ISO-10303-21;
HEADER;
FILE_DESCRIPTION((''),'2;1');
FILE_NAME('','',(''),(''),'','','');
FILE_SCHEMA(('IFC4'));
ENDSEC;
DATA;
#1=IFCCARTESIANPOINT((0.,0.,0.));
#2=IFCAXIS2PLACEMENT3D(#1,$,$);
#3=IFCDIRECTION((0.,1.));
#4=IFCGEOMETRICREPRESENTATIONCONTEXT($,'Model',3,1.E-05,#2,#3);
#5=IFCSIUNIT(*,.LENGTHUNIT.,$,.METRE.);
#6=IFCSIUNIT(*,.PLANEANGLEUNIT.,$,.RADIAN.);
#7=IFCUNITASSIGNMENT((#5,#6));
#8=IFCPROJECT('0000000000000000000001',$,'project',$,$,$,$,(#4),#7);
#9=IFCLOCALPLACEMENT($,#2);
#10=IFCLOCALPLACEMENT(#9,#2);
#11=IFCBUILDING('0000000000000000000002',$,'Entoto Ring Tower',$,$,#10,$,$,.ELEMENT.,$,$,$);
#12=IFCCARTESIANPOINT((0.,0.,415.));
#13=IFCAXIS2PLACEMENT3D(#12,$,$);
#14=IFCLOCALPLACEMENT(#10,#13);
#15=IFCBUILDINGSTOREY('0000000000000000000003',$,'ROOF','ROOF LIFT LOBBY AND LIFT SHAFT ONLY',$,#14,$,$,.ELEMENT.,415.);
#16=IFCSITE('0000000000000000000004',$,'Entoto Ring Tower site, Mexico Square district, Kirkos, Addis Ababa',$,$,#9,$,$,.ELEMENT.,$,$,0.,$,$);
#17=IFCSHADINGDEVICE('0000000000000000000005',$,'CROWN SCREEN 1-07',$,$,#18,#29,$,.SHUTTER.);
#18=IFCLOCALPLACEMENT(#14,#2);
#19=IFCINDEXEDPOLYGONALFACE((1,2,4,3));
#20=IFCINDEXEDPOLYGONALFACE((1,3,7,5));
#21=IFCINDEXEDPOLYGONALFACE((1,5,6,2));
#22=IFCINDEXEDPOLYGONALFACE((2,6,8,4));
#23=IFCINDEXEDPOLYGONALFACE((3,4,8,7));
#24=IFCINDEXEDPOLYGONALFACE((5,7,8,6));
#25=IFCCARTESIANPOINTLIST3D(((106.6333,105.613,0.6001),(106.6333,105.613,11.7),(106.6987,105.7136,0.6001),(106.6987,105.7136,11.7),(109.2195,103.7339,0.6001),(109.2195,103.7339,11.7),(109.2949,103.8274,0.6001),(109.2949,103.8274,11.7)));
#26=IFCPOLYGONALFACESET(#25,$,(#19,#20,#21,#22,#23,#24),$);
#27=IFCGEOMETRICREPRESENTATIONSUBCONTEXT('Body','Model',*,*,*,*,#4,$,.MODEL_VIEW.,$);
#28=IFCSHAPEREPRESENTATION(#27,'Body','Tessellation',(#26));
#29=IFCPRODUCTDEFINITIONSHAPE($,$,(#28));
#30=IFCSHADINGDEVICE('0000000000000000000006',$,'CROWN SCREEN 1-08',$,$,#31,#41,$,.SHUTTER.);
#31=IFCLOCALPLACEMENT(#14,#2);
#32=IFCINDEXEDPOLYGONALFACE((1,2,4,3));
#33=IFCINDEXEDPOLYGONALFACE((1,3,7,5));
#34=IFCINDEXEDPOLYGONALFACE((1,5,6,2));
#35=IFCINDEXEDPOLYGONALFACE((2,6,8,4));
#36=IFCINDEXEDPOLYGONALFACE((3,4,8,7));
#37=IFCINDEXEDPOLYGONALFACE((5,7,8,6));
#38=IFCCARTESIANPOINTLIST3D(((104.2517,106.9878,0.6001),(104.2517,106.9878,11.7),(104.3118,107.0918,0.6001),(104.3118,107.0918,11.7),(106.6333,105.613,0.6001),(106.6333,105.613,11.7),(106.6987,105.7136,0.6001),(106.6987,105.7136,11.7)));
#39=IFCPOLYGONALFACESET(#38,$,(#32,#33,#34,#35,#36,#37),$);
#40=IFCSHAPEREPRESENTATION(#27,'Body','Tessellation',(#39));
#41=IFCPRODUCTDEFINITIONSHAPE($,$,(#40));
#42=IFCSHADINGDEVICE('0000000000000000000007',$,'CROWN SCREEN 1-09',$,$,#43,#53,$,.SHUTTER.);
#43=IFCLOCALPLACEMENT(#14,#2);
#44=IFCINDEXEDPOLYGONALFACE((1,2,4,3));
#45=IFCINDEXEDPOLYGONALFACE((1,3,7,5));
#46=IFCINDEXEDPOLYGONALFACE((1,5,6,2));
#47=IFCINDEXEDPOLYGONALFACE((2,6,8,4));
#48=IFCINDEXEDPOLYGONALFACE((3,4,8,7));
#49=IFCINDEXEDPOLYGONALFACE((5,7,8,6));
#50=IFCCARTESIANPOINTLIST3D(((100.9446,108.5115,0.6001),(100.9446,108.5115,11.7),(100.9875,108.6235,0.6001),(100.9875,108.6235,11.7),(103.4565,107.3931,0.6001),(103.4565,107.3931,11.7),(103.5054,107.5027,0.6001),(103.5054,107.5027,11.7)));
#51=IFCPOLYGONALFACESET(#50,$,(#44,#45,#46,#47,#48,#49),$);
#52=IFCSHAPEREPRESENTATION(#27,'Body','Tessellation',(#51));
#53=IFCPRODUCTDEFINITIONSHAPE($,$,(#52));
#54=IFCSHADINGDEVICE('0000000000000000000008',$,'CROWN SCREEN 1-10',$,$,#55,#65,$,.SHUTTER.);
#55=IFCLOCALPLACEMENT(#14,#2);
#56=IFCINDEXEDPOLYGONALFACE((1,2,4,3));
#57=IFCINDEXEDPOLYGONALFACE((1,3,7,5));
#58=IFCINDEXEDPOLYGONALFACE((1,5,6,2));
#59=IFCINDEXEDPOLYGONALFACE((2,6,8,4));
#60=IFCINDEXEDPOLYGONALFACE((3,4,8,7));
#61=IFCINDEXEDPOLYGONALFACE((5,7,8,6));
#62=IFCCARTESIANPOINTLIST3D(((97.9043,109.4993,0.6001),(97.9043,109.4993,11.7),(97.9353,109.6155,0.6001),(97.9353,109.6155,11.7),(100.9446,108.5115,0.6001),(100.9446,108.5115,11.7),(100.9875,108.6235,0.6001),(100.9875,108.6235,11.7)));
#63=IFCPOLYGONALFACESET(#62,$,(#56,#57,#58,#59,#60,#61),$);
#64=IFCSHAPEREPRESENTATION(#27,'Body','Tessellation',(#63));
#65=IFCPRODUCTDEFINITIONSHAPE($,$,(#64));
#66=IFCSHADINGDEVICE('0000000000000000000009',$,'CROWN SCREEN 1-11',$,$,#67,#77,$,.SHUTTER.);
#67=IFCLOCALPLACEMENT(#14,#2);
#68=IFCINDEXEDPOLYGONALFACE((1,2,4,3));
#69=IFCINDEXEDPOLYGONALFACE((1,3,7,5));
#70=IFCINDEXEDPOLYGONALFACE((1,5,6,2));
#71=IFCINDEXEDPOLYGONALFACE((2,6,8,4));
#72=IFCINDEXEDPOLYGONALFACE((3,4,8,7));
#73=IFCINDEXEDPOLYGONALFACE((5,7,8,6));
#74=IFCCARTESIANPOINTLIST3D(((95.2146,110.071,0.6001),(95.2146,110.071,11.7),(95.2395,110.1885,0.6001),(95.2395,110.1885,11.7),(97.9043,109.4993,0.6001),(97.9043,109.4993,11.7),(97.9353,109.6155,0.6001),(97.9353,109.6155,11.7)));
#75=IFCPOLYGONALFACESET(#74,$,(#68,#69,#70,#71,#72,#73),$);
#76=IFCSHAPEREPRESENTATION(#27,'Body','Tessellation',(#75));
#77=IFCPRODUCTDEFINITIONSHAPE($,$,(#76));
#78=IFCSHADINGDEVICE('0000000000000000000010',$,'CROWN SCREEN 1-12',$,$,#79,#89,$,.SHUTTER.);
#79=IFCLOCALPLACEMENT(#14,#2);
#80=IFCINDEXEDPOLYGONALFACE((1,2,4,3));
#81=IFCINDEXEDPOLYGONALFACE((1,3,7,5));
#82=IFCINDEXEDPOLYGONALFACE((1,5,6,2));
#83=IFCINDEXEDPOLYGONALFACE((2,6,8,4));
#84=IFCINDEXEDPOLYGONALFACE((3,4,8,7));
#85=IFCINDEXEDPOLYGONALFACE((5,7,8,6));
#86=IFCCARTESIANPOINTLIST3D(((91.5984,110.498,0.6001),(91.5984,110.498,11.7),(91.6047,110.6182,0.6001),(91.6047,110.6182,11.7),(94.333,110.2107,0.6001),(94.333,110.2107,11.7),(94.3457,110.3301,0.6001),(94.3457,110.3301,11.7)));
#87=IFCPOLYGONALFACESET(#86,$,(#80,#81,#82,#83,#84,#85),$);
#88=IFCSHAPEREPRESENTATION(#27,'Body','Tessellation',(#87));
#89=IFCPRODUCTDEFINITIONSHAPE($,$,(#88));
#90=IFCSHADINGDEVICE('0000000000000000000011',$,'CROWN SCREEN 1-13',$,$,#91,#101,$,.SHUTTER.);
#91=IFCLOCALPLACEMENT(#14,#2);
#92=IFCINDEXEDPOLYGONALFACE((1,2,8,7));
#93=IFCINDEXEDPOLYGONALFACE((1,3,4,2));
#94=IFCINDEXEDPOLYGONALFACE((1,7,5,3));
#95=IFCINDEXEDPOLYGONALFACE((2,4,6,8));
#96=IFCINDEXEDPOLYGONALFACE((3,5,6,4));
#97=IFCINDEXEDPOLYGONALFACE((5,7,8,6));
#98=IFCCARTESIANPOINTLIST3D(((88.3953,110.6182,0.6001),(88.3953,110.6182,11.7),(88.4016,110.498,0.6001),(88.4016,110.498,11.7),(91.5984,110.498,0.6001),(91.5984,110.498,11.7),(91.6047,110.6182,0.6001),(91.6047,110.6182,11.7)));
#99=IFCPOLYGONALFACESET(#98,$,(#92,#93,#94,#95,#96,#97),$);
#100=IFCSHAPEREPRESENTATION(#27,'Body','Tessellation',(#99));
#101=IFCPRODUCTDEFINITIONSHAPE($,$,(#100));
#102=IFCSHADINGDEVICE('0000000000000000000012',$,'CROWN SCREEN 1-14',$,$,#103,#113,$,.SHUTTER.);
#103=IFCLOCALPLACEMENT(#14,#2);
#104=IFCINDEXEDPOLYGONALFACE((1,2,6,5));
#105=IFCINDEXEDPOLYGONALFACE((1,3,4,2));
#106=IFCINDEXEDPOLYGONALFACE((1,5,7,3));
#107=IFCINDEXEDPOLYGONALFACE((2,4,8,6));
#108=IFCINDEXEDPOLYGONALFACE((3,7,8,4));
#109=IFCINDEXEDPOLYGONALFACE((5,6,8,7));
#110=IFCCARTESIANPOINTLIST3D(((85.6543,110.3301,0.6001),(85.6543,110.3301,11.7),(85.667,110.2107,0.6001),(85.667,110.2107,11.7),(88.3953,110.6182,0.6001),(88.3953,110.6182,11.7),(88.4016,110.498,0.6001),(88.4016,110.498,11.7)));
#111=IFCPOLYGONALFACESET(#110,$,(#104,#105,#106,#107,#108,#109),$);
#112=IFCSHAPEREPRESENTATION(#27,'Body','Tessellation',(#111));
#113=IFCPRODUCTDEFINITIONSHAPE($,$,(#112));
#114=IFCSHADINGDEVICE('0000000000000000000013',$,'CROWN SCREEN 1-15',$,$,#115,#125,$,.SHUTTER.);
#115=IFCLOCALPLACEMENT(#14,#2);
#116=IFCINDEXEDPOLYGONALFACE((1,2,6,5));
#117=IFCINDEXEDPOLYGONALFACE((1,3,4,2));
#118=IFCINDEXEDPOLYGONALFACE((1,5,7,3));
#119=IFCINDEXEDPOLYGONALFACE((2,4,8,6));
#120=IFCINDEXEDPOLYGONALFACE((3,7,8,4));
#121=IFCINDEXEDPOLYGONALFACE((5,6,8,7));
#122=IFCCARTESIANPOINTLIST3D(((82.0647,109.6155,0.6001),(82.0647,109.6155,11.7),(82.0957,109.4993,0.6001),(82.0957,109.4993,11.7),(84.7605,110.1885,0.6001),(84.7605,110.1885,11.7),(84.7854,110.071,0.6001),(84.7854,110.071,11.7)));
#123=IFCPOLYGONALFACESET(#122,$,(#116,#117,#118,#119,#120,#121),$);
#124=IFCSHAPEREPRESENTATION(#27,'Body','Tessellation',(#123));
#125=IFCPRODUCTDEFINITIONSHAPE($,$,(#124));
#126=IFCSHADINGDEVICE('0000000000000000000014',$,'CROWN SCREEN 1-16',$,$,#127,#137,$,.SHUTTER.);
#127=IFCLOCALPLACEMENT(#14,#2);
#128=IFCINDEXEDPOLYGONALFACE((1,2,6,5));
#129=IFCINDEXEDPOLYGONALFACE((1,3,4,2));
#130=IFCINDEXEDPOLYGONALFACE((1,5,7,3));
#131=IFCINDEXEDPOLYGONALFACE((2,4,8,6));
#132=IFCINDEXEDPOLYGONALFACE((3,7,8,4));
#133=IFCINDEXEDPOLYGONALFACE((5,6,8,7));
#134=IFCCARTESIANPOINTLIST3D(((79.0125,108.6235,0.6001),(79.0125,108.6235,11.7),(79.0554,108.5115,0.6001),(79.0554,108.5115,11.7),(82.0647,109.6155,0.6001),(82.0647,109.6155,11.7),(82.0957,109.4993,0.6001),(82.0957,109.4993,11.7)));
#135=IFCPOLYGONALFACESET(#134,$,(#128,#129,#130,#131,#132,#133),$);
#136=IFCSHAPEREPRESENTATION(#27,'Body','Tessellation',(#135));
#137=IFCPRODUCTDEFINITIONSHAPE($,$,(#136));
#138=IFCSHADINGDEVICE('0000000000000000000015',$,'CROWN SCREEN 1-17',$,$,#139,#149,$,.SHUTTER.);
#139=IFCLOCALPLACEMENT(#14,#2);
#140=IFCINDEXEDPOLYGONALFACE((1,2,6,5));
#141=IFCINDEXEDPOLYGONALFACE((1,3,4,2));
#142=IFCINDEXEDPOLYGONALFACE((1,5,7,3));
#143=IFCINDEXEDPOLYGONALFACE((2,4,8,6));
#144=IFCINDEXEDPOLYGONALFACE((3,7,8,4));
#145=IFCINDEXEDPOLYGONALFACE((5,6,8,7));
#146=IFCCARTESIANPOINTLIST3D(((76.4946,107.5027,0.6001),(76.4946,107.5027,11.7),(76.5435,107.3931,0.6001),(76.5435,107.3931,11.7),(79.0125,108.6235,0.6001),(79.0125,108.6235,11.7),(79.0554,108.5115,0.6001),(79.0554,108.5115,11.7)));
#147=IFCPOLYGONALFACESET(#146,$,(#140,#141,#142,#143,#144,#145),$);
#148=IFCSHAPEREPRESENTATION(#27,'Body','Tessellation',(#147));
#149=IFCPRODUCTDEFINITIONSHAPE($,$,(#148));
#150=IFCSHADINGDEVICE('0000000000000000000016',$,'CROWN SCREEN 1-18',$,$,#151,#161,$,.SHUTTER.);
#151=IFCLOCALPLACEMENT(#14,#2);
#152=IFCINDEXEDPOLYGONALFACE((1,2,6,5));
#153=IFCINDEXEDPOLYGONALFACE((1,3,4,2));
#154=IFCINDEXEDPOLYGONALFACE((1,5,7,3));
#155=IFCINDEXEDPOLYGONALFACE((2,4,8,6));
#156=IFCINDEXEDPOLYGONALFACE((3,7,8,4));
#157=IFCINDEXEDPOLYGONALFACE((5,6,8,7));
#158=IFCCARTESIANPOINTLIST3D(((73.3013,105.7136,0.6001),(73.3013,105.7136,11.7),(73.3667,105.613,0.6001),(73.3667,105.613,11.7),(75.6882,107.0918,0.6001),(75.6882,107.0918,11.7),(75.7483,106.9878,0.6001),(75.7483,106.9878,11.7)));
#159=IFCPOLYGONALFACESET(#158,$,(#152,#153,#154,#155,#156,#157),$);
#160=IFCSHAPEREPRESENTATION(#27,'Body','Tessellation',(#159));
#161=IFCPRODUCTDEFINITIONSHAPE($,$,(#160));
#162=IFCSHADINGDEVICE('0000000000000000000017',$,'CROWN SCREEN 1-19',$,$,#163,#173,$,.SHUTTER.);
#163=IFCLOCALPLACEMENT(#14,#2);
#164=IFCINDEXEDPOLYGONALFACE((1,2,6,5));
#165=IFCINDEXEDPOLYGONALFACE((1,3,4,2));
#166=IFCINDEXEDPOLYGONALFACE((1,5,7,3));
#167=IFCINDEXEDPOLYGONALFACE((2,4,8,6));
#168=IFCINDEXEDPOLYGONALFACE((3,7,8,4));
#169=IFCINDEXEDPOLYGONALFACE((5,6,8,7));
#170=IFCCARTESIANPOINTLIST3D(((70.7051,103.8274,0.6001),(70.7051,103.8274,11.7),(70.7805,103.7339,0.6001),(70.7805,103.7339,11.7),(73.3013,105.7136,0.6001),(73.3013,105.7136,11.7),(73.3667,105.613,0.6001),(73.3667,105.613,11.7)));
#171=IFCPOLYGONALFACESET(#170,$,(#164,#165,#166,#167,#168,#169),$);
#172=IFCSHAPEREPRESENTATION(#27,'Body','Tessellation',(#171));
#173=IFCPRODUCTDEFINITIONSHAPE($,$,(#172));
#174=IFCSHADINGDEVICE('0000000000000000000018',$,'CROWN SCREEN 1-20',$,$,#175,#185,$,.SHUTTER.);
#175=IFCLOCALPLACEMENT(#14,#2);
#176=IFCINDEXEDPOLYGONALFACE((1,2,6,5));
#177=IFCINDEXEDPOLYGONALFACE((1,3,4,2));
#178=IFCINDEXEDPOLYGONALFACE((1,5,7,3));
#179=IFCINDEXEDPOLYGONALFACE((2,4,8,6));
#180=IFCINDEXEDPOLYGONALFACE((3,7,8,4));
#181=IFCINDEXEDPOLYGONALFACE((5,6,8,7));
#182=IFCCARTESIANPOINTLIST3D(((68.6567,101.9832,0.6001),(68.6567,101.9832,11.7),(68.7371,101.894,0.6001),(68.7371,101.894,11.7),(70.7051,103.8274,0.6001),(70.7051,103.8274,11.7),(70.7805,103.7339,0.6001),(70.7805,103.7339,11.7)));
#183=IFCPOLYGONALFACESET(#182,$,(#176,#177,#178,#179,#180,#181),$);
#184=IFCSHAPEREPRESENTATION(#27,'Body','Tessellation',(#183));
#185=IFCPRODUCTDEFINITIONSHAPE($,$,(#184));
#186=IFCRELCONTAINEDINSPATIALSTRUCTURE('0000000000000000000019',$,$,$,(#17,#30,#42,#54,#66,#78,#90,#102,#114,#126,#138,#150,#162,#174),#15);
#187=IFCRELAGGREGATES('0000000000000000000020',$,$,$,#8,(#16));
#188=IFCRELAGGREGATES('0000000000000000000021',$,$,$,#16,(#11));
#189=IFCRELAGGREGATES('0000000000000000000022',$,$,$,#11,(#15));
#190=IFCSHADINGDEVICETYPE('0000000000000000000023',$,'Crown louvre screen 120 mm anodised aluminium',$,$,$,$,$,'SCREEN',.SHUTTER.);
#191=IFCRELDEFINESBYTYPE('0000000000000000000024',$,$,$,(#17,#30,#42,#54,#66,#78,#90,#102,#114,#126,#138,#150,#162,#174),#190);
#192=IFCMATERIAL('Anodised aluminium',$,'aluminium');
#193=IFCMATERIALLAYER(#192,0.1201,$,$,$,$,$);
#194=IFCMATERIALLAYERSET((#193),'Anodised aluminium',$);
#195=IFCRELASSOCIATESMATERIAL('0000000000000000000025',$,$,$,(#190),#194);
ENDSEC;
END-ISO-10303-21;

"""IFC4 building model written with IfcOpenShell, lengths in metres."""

from ifc_helpers import new_model, si_unit, direction, frame, origin, place, context, subcontext, project, spatial, polyline, outline, extrude, material, layer, layer_set, type_object, element, save


model = new_model("IFC4")

# Units and contexts
model_context = context("Model", 3, precision=1e-05, world=origin(), true_north=direction((0.0, 1.0)))
body_context = subcontext(model_context, "Body", "Model", "MODEL_VIEW")
ifc_project = project(units=[si_unit("LENGTHUNIT", "METRE"), si_unit("PLANEANGLEUNIT", "RADIAN")], contexts=[model_context])

# Site, building, storey
site_placement = place(None, origin())
site = spatial("IfcSite", under=ifc_project, at=site_placement, Name="Entoto Ring Tower site, Mexico Square district, Kirkos, Addis Ababa", CompositionType="ELEMENT", RefElevation=0.0)
building_placement = place(site_placement, origin())
building = spatial("IfcBuilding", under=site, at=building_placement, Name="Entoto Ring Tower", CompositionType="ELEMENT")
storey_placement = place(building_placement, frame((0.0, 0.0, 415.0)))
storey = spatial("IfcBuildingStorey", under=building, at=storey_placement, Name="ROOF", Description="ROOF LIFT LOBBY AND LIFT SHAFT ONLY", CompositionType="ELEMENT", Elevation=415.0)

# Shading devices
ifc_material_1 = material(Name="Anodised aluminium", Category="aluminium")
ifc_layer_1 = layer(ifc_material_1, 0.1201)
ifc_layer_set_1 = layer_set([ifc_layer_1], Name="Anodised aluminium")
shading_device_type = type_object("IfcShadingDeviceType", Name="Crown louvre screen 120 mm anodised aluminium", ElementType="SCREEN", PredefinedType="SHUTTER", material=ifc_layer_set_1)
shading_device_1_placement = place(storey_placement, frame((0.0, 0.0, 0.6001)))
element("IfcShadingDevice", 1, at=shading_device_1_placement, inside=storey, type_object=shading_device_type, Name="CROWN SCREEN 1-07", PredefinedType="SHUTTER", context=body_context, shape_type="SweptSolid", body=[
    extrude(outline(polyline([(109.2195, 103.7339), (109.2949, 103.8274), (106.6987, 105.7136), (106.6333, 105.613), (109.2195, 103.7339)])), origin(), (0.0, 0.0, 1.0), 11.0999),
])
shading_device_2_placement = place(storey_placement, frame((0.0, 0.0, 0.6001)))
element("IfcShadingDevice", 2, at=shading_device_2_placement, inside=storey, type_object=shading_device_type, Name="CROWN SCREEN 1-08", PredefinedType="SHUTTER", context=body_context, shape_type="SweptSolid", body=[
    extrude(outline(polyline([(106.6333, 105.613), (106.6987, 105.7136), (104.3118, 107.0918), (104.2517, 106.9878), (106.6333, 105.613)])), origin(), (0.0, 0.0, 1.0), 11.0999),
])
shading_device_3_placement = place(storey_placement, frame((0.0, 0.0, 0.6001)))
element("IfcShadingDevice", 3, at=shading_device_3_placement, inside=storey, type_object=shading_device_type, Name="CROWN SCREEN 1-09", PredefinedType="SHUTTER", context=body_context, shape_type="SweptSolid", body=[
    extrude(outline(polyline([(103.4565, 107.3931), (103.5054, 107.5027), (100.9875, 108.6235), (100.9446, 108.5115), (103.4565, 107.3931)])), origin(), (0.0, 0.0, 1.0), 11.0999),
])
shading_device_4_placement = place(storey_placement, frame((0.0, 0.0, 0.6001)))
element("IfcShadingDevice", 4, at=shading_device_4_placement, inside=storey, type_object=shading_device_type, Name="CROWN SCREEN 1-10", PredefinedType="SHUTTER", context=body_context, shape_type="SweptSolid", body=[
    extrude(outline(polyline([(100.9446, 108.5115), (100.9875, 108.6235), (97.9353, 109.6155), (97.9043, 109.4993), (100.9446, 108.5115)])), origin(), (0.0, 0.0, 1.0), 11.0999),
])
shading_device_5_placement = place(storey_placement, frame((0.0, 0.0, 0.6001)))
element("IfcShadingDevice", 5, at=shading_device_5_placement, inside=storey, type_object=shading_device_type, Name="CROWN SCREEN 1-11", PredefinedType="SHUTTER", context=body_context, shape_type="SweptSolid", body=[
    extrude(outline(polyline([(97.9043, 109.4993), (97.9353, 109.6155), (95.2395, 110.1885), (95.2146, 110.071), (97.9043, 109.4993)])), origin(), (0.0, 0.0, 1.0), 11.0999),
])
shading_device_6_placement = place(storey_placement, frame((0.0, 0.0, 0.6001)))
element("IfcShadingDevice", 6, at=shading_device_6_placement, inside=storey, type_object=shading_device_type, Name="CROWN SCREEN 1-12", PredefinedType="SHUTTER", context=body_context, shape_type="SweptSolid", body=[
    extrude(outline(polyline([(94.333, 110.2107), (94.3457, 110.3301), (91.6047, 110.6182), (91.5984, 110.498), (94.333, 110.2107)])), origin(), (0.0, 0.0, 1.0), 11.0999),
])
shading_device_7_placement = place(storey_placement, frame((0.0, 0.0, 0.6001)))
element("IfcShadingDevice", 7, at=shading_device_7_placement, inside=storey, type_object=shading_device_type, Name="CROWN SCREEN 1-13", PredefinedType="SHUTTER", context=body_context, shape_type="SweptSolid", body=[
    extrude(outline(polyline([(91.5984, 110.498), (91.6047, 110.6182), (88.3953, 110.6182), (88.4016, 110.498), (91.5984, 110.498)])), origin(), (0.0, 0.0, 1.0), 11.0999),
])
shading_device_8_placement = place(storey_placement, frame((0.0, 0.0, 0.6001)))
element("IfcShadingDevice", 8, at=shading_device_8_placement, inside=storey, type_object=shading_device_type, Name="CROWN SCREEN 1-14", PredefinedType="SHUTTER", context=body_context, shape_type="SweptSolid", body=[
    extrude(outline(polyline([(88.4016, 110.498), (88.3953, 110.6182), (85.6543, 110.3301), (85.667, 110.2107), (88.4016, 110.498)])), origin(), (0.0, 0.0, 1.0), 11.0999),
])
shading_device_9_placement = place(storey_placement, frame((0.0, 0.0, 0.6001)))
element("IfcShadingDevice", 9, at=shading_device_9_placement, inside=storey, type_object=shading_device_type, Name="CROWN SCREEN 1-15", PredefinedType="SHUTTER", context=body_context, shape_type="SweptSolid", body=[
    extrude(outline(polyline([(84.7854, 110.071), (84.7605, 110.1885), (82.0647, 109.6155), (82.0957, 109.4993), (84.7854, 110.071)])), origin(), (0.0, 0.0, 1.0), 11.0999),
])
shading_device_10_placement = place(storey_placement, frame((0.0, 0.0, 0.6001)))
element("IfcShadingDevice", 10, at=shading_device_10_placement, inside=storey, type_object=shading_device_type, Name="CROWN SCREEN 1-16", PredefinedType="SHUTTER", context=body_context, shape_type="SweptSolid", body=[
    extrude(outline(polyline([(82.0957, 109.4993), (82.0647, 109.6155), (79.0125, 108.6235), (79.0554, 108.5115), (82.0957, 109.4993)])), origin(), (0.0, 0.0, 1.0), 11.0999),
])
shading_device_11_placement = place(storey_placement, frame((0.0, 0.0, 0.6001)))
element("IfcShadingDevice", 11, at=shading_device_11_placement, inside=storey, type_object=shading_device_type, Name="CROWN SCREEN 1-17", PredefinedType="SHUTTER", context=body_context, shape_type="SweptSolid", body=[
    extrude(outline(polyline([(79.0554, 108.5115), (79.0125, 108.6235), (76.4946, 107.5027), (76.5435, 107.3931), (79.0554, 108.5115)])), origin(), (0.0, 0.0, 1.0), 11.0999),
])
shading_device_12_placement = place(storey_placement, frame((0.0, 0.0, 0.6001)))
element("IfcShadingDevice", 12, at=shading_device_12_placement, inside=storey, type_object=shading_device_type, Name="CROWN SCREEN 1-18", PredefinedType="SHUTTER", context=body_context, shape_type="SweptSolid", body=[
    extrude(outline(polyline([(75.7483, 106.9878), (75.6882, 107.0918), (73.3013, 105.7136), (73.3667, 105.613), (75.7483, 106.9878)])), origin(), (0.0, 0.0, 1.0), 11.0999),
])
shading_device_13_placement = place(storey_placement, frame((0.0, 0.0, 0.6001)))
element("IfcShadingDevice", 13, at=shading_device_13_placement, inside=storey, type_object=shading_device_type, Name="CROWN SCREEN 1-19", PredefinedType="SHUTTER", context=body_context, shape_type="SweptSolid", body=[
    extrude(outline(polyline([(73.3667, 105.613), (73.3013, 105.7136), (70.7051, 103.8274), (70.7805, 103.7339), (73.3667, 105.613)])), origin(), (0.0, 0.0, 1.0), 11.0999),
])
shading_device_14_placement = place(storey_placement, frame((0.0, 0.0, 0.6001)))
element("IfcShadingDevice", 14, at=shading_device_14_placement, inside=storey, type_object=shading_device_type, Name="CROWN SCREEN 1-20", PredefinedType="SHUTTER", context=body_context, shape_type="SweptSolid", body=[
    extrude(outline(polyline([(70.7805, 103.7339), (70.7051, 103.8274), (68.6567, 101.9832), (68.7371, 101.894), (70.7805, 103.7339)])), origin(), (0.0, 0.0, 1.0), 11.0999),
])

save(model, "model.ifc")
